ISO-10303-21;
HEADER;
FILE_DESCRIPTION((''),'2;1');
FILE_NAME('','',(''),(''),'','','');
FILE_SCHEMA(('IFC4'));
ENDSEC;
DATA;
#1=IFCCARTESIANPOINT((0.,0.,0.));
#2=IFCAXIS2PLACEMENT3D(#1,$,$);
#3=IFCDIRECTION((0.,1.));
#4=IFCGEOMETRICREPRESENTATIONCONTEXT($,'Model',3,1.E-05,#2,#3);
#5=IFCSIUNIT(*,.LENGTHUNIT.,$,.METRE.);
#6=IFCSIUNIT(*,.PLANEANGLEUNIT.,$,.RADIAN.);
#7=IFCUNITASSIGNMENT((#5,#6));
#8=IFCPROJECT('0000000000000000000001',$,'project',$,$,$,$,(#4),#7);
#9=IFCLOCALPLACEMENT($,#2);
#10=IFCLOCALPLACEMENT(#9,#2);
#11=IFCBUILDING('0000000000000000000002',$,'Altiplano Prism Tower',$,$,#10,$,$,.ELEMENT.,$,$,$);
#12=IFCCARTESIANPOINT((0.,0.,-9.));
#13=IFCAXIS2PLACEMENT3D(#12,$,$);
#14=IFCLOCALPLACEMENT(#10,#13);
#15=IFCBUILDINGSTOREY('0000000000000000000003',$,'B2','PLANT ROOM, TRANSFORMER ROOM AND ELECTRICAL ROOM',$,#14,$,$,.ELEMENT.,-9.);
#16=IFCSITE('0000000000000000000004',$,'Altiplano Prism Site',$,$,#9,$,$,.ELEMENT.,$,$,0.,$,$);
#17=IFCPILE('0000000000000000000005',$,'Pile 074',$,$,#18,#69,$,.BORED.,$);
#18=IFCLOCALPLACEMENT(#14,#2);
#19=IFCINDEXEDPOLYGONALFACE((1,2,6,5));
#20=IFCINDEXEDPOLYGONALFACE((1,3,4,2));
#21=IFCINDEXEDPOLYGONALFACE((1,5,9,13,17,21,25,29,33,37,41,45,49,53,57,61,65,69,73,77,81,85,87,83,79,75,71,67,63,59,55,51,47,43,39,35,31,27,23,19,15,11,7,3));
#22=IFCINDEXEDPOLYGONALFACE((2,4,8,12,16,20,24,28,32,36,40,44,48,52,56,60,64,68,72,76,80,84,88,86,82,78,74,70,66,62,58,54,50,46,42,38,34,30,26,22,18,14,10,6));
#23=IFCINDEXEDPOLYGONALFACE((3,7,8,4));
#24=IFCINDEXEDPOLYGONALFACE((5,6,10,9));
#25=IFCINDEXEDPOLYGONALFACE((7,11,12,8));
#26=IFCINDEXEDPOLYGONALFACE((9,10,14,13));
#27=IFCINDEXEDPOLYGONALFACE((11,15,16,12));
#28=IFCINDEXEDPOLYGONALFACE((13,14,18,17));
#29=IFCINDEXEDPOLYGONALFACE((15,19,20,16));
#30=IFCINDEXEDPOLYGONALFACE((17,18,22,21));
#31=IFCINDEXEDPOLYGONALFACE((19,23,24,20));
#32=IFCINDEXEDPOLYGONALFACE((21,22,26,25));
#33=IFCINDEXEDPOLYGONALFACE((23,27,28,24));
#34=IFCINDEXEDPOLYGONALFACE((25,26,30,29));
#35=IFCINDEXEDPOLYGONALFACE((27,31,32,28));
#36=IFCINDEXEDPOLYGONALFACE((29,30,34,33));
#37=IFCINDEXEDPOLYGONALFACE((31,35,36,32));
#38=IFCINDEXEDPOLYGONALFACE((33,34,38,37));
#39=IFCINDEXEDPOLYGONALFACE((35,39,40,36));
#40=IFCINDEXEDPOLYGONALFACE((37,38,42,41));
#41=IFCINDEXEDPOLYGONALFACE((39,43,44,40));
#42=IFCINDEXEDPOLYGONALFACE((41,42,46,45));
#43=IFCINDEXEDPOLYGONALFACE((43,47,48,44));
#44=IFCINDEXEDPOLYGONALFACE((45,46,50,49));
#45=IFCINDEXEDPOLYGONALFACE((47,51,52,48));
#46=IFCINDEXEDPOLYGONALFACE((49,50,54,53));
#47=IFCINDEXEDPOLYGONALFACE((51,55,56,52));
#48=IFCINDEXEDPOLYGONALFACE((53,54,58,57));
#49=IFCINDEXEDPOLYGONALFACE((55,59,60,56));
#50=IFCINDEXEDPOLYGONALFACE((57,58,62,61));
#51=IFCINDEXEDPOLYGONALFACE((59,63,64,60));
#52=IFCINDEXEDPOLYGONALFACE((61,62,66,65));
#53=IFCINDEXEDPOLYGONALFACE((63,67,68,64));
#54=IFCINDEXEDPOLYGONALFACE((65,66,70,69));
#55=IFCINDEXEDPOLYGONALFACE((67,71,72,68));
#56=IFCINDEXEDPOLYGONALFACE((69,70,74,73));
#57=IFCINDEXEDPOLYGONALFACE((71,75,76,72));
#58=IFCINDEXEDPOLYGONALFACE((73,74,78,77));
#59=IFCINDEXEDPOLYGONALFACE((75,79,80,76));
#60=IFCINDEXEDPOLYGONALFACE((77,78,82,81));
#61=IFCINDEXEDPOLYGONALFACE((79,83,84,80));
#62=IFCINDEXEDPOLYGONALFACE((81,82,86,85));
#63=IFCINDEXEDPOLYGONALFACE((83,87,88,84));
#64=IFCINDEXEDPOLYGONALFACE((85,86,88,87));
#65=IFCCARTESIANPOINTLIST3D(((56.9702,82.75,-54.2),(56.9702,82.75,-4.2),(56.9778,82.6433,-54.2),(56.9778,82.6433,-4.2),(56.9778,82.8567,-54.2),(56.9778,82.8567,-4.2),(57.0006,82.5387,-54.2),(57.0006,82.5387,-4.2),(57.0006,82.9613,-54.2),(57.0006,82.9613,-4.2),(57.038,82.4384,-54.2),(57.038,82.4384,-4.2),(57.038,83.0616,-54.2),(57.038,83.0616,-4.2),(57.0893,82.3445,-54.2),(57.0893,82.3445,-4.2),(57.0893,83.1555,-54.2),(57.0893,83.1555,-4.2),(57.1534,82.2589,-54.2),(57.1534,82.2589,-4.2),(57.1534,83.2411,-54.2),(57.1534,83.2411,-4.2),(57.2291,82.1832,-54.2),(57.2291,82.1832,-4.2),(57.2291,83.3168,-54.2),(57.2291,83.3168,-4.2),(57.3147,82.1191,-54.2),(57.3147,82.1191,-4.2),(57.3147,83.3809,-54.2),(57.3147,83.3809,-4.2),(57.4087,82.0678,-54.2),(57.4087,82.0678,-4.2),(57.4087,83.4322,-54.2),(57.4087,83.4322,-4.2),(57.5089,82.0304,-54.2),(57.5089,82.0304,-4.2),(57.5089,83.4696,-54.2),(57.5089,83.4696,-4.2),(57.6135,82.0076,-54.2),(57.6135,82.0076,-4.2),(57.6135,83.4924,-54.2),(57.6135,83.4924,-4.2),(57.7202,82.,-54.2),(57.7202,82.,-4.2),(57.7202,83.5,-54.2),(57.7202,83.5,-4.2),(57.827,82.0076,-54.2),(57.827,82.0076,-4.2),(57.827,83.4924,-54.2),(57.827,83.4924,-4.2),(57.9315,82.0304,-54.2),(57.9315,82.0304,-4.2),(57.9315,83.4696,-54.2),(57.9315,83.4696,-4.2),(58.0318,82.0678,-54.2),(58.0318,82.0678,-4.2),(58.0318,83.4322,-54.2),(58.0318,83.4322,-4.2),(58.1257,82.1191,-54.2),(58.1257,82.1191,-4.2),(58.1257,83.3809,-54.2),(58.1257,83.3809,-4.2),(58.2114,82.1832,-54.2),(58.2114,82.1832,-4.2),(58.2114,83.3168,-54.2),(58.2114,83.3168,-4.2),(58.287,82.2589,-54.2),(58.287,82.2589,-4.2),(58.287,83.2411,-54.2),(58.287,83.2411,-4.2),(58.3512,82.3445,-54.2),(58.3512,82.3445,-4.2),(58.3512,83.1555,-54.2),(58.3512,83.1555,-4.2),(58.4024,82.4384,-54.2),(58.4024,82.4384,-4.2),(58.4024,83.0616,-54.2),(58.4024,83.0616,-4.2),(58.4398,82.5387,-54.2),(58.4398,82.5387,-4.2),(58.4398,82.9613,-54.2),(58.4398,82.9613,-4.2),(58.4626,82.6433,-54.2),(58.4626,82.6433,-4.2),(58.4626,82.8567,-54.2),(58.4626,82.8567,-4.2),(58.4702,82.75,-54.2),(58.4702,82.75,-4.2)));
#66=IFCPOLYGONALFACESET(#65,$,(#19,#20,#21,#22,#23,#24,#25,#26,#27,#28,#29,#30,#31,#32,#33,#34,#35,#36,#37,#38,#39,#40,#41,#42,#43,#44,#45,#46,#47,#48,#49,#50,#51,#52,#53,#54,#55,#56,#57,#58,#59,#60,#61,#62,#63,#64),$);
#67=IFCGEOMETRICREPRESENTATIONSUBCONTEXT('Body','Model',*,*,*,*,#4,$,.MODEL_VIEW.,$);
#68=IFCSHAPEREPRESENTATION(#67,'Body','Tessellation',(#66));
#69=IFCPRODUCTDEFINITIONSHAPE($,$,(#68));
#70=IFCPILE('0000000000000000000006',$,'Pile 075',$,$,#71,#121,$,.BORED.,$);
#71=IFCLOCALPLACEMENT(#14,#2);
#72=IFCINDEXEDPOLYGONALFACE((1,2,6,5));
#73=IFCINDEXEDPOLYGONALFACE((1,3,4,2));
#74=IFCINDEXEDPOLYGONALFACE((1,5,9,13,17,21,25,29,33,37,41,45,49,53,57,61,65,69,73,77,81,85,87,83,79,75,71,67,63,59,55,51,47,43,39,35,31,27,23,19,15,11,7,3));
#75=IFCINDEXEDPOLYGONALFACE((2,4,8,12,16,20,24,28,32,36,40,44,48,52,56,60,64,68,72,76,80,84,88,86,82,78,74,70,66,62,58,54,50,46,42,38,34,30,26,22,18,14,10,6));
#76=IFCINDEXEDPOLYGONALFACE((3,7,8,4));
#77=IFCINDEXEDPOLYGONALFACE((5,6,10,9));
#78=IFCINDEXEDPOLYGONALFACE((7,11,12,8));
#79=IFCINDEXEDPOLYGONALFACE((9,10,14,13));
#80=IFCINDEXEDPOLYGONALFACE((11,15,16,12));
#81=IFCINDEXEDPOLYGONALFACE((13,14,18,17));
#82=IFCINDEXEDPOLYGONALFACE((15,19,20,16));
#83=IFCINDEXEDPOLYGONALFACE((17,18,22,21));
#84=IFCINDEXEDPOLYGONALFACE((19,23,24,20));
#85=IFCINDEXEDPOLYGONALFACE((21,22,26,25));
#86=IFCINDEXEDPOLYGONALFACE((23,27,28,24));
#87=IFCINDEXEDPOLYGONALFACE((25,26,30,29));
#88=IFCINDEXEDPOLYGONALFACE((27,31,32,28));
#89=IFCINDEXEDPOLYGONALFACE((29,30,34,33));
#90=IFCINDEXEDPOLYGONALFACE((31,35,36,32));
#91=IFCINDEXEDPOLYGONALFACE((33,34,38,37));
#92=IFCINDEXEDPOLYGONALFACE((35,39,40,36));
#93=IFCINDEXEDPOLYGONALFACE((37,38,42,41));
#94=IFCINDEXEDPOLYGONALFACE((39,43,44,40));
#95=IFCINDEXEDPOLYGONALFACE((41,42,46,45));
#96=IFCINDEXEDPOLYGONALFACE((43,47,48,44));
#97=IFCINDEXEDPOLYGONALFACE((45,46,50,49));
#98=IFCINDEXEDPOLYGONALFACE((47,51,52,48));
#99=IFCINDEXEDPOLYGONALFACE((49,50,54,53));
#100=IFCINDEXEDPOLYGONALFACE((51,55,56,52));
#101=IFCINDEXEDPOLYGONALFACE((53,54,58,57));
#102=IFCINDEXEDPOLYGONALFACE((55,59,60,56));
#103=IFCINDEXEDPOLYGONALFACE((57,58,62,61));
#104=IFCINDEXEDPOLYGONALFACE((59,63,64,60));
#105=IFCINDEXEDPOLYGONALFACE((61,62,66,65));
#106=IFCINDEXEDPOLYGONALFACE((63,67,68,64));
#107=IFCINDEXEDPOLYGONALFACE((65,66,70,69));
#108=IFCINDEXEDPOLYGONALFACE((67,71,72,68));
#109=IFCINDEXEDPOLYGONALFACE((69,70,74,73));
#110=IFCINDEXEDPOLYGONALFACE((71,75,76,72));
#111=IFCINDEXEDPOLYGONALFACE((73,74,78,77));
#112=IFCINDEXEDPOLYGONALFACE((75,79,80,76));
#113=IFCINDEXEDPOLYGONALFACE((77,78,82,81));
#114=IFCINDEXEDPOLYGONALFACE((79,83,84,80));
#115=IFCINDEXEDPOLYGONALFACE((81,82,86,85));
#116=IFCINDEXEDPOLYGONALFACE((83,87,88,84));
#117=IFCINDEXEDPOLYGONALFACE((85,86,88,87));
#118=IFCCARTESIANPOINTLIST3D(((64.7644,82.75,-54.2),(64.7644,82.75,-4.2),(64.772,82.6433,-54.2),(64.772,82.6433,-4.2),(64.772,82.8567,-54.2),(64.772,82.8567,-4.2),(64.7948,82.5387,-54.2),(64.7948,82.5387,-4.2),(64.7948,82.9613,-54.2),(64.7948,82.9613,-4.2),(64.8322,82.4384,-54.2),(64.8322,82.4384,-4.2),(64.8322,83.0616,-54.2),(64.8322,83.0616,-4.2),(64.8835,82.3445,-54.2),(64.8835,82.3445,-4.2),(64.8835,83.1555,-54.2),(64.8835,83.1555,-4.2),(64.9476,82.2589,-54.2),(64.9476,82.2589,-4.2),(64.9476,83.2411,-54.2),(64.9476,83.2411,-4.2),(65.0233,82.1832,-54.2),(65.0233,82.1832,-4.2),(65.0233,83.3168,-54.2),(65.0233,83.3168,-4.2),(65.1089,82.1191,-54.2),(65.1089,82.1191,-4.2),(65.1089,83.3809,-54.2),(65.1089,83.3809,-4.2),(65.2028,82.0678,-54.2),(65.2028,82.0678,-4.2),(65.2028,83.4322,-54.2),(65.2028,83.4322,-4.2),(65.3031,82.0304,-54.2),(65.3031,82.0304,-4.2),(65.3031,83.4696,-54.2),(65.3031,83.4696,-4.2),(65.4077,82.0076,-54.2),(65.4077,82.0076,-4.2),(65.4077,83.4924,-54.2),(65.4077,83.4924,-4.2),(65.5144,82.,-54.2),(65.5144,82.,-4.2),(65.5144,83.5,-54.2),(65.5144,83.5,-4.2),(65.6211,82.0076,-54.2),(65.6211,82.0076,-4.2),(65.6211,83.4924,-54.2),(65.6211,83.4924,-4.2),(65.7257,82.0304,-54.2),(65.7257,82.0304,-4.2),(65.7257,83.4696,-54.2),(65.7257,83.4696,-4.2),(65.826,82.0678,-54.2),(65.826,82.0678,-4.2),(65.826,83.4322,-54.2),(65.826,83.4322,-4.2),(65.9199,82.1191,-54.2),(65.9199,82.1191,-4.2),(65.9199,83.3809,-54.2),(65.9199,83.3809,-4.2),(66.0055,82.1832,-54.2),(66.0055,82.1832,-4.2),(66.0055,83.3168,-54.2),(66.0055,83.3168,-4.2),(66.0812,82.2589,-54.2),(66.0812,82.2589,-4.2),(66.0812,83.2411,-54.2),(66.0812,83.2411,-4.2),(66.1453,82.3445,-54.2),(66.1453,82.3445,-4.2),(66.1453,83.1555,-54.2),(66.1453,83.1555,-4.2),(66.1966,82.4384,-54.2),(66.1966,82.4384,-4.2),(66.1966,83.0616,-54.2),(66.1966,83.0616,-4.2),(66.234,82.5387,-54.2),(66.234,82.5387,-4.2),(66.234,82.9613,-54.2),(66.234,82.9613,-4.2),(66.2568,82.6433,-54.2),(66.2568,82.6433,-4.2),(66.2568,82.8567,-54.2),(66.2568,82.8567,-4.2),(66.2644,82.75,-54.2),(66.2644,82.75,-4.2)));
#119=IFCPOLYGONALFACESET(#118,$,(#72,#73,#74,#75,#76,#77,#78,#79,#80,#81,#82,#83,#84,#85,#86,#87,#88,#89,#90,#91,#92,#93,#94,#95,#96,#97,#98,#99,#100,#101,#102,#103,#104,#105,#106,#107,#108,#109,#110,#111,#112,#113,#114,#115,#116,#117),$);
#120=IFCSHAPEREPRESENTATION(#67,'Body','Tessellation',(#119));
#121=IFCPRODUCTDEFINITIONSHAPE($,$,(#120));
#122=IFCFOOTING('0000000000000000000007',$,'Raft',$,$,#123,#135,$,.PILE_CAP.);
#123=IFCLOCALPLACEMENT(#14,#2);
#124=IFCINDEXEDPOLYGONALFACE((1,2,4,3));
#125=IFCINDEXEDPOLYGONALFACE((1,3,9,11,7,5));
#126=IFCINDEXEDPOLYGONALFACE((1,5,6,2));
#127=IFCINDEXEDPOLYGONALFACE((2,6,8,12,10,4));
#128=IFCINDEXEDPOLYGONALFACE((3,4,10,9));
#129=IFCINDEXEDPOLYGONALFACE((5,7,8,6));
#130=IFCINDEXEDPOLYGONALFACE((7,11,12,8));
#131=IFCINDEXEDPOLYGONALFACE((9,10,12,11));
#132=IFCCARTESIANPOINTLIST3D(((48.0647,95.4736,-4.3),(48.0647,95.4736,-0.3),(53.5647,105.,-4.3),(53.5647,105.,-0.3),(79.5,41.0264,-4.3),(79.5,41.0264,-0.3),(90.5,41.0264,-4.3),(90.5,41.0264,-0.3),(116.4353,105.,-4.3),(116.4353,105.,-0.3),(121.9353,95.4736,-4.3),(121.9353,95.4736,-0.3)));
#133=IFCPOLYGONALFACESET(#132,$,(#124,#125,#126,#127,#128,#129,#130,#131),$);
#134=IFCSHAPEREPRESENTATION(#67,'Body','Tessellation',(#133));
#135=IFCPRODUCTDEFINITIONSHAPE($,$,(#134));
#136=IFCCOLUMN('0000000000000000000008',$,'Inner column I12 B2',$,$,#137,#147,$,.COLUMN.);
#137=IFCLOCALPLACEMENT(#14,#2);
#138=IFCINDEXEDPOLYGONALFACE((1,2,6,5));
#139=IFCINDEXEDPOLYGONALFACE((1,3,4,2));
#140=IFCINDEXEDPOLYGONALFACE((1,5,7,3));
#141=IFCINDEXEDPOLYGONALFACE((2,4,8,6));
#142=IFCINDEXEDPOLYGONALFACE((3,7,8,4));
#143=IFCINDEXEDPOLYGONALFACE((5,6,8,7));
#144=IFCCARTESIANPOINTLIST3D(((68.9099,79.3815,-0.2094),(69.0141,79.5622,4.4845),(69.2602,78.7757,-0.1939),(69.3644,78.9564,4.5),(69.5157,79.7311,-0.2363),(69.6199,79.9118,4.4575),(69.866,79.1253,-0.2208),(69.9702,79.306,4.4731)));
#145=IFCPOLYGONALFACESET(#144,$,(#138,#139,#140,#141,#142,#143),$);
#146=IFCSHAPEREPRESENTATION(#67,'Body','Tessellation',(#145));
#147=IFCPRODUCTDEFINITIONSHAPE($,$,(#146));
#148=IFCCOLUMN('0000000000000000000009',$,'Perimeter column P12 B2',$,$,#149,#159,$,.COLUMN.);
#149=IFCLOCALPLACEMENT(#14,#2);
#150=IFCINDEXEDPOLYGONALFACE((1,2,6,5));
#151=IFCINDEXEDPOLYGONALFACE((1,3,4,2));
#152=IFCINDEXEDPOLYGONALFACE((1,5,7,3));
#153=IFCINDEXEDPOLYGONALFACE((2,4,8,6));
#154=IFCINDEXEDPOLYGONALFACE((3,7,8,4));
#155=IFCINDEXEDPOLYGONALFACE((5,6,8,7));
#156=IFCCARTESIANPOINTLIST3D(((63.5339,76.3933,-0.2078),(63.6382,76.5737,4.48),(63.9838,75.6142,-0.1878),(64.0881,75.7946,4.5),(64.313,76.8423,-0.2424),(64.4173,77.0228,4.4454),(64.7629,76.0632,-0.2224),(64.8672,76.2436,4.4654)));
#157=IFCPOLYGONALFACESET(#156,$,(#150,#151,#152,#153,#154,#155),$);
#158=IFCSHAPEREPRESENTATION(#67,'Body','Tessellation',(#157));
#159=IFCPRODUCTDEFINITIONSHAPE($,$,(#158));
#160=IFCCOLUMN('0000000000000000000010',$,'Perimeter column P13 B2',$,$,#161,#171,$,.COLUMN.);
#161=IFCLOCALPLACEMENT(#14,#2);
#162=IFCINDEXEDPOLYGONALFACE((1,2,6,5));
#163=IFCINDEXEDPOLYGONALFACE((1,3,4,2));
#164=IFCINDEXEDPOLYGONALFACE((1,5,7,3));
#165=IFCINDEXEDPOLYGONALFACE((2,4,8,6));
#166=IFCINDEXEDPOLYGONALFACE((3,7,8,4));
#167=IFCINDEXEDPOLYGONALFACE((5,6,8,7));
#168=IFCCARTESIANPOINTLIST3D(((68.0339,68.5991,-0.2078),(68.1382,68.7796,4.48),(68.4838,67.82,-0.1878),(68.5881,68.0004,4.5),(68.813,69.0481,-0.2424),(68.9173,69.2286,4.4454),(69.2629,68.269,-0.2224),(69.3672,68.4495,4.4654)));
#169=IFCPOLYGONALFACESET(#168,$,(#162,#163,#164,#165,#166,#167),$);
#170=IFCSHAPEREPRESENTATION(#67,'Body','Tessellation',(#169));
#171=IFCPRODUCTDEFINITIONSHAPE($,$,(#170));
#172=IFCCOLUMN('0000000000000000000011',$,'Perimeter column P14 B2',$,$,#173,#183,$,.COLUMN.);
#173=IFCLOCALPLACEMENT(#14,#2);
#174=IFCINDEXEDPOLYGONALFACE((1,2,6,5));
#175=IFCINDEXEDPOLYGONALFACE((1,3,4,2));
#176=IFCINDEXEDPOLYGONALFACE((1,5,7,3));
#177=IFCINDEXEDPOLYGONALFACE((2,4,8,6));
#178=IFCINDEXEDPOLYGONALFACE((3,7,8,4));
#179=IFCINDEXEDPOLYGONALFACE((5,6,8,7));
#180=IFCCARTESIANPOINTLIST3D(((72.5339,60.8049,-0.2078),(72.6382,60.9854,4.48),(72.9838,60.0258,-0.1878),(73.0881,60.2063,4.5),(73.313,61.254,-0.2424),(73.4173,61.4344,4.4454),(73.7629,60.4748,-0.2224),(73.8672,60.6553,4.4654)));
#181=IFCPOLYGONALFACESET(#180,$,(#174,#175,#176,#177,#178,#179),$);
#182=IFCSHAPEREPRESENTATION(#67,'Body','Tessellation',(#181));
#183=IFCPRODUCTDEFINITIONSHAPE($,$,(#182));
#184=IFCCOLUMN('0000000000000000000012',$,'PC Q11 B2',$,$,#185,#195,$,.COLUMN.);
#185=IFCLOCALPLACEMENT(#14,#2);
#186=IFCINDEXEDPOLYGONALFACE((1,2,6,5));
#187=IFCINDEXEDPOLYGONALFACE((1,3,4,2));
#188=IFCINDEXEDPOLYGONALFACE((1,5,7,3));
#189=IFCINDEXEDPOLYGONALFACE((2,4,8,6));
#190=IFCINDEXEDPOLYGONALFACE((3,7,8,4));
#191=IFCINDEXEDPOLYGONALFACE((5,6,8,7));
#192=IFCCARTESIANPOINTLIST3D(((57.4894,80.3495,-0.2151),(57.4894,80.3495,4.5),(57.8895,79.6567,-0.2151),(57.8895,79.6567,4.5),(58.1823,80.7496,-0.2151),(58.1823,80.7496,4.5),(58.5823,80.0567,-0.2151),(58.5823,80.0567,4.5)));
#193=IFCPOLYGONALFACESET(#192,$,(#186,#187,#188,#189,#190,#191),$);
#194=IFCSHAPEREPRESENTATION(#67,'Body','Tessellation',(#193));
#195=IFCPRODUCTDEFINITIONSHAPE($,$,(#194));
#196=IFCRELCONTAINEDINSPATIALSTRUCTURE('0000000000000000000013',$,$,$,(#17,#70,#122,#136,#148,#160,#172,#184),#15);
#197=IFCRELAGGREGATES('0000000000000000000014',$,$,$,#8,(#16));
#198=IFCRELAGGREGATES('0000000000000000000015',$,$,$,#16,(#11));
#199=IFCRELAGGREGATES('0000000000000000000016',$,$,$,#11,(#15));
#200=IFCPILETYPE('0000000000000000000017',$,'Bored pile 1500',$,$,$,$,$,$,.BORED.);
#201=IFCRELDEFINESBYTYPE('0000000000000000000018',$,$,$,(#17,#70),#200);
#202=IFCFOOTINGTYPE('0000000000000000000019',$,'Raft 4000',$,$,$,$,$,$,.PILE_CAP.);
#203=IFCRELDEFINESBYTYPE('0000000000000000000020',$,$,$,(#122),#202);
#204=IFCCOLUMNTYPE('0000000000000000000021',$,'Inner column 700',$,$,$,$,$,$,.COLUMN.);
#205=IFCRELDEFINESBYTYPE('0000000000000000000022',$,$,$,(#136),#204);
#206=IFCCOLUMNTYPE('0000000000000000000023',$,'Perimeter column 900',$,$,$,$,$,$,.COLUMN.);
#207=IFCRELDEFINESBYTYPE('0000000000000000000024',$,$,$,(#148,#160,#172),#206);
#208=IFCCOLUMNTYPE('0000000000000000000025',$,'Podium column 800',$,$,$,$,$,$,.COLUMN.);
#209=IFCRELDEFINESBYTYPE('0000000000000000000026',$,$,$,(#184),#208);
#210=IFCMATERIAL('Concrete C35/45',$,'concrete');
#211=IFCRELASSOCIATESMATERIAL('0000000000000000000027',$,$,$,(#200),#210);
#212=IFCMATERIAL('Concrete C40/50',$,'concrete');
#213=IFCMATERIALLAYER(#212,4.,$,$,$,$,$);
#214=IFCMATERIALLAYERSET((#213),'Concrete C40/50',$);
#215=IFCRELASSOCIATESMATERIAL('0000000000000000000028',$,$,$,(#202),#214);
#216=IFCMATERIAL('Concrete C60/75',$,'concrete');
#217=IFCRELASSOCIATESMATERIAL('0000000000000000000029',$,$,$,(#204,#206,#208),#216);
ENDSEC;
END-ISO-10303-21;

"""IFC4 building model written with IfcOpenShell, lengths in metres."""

from ifc_helpers import new_model, si_unit, direction, frame, origin, origin_2d, place, context, subcontext, project, spatial, polyline, rectangle, circle, outline, extrude, material, layer, layer_set, material_profile, profile_set, type_object, element, save


model = new_model("IFC4")

# Units and contexts
model_context = context("Model", 3, precision=1e-05, world=origin(), true_north=direction((0.0, 1.0)))
body_context = subcontext(model_context, "Body", "Model", "MODEL_VIEW")
ifc_project = project(units=[si_unit("LENGTHUNIT", "METRE"), si_unit("PLANEANGLEUNIT", "RADIAN")], contexts=[model_context])

# Site, building, storey
site_placement = place(None, origin())
site = spatial("IfcSite", under=ifc_project, at=site_placement, Name="Altiplano Prism Site", CompositionType="ELEMENT", RefElevation=0.0)
building_placement = place(site_placement, origin())
building = spatial("IfcBuilding", under=site, at=building_placement, Name="Altiplano Prism Tower", CompositionType="ELEMENT")
storey_placement = place(building_placement, frame((0.0, 0.0, -9.0)))
storey = spatial("IfcBuildingStorey", under=building, at=storey_placement, Name="B2", Description="PLANT ROOM, TRANSFORMER ROOM AND ELECTRICAL ROOM", CompositionType="ELEMENT", Elevation=-9.0)

# Piles
ifc_material_1 = material(Name="Concrete C35/45", Category="concrete")
ifc_material_profile_1 = material_profile(ifc_material_1, circle(Radius=0.75, at=origin_2d()), Name="Bored pile 1500")
ifc_profile_set_1 = profile_set([ifc_material_profile_1], Name="Concrete C35/45")
pile_type = type_object("IfcPileType", Name="Bored pile 1500", PredefinedType="BORED", material=ifc_profile_set_1)
for number, where, z_axis, x_axis, name in (
    (1, (57.7202, 82.75, -4.2), (0.0, 0.0, -1.0), (1.0, 0.0, 0.0), "Pile 074"),
    (2, (65.5144, 82.75, -4.2), (0.0, 0.0, -1.0), (1.0, 0.0, 0.0), "Pile 075"),
):
    element("IfcPile", number, at=place(storey_placement, frame(where, z_axis=z_axis, x_axis=x_axis)), inside=storey, type_object=pile_type, Name=name, PredefinedType="BORED", context=body_context, shape_type="SweptSolid", body=[
        extrude(circle(Radius=0.75, at=origin_2d()), origin(), (0.0, 0.0, 1.0), 50.0),
    ])

# Footing
ifc_material_2 = material(Name="Concrete C40/50", Category="concrete")
ifc_layer_1 = layer(ifc_material_2, 4.0)
ifc_layer_set_1 = layer_set([ifc_layer_1], Name="Concrete C40/50")
footing_type = type_object("IfcFootingType", Name="Raft 4000", PredefinedType="PILE_CAP", material=ifc_layer_set_1)
footing_placement = place(storey_placement, frame((0.0, 0.0, -4.3)))
element("IfcFooting", 3, at=footing_placement, inside=storey, type_object=footing_type, Name="Raft", PredefinedType="PILE_CAP", context=body_context, shape_type="SweptSolid", body=[
    extrude(outline(polyline([(116.4353, 105.0), (53.5647, 105.0), (48.0647, 95.4736), (79.5, 41.0264), (90.5, 41.0264), (121.9353, 95.4736), (116.4353, 105.0)])), origin(), (0.0, 0.0, 1.0), 4.0),
])

# Columns
ifc_material_3 = material(Name="Concrete C60/75", Category="concrete")
ifc_material_profile_2 = material_profile(ifc_material_3, rectangle(XDim=0.7, YDim=0.7, at=origin_2d()), Name="Inner column 700")
ifc_profile_set_2 = profile_set([ifc_material_profile_2], Name="Concrete C60/75")
column_type_1 = type_object("IfcColumnType", Name="Inner column 700", PredefinedType="COLUMN", material=ifc_profile_set_2)
column_placement = place(storey_placement, frame((69.3879, 79.2534, -0.2151), z_axis=(0.022188, 0.038452, 0.999014), x_axis=(-0.865479, -0.499468, 0.038446)))
element("IfcColumn", 4, at=column_placement, inside=storey, type_object=column_type_1, Name="Inner column I12 B2", PredefinedType="COLUMN", context=body_context, shape_type="SweptSolid", body=[
    extrude(rectangle(XDim=0.7, YDim=0.7, at=origin_2d()), origin(), (0.0, 0.0, 1.0), 4.6985),
])
ifc_material_profile_3 = material_profile(ifc_material_3, rectangle(XDim=0.8999, YDim=0.8999, at=origin_2d()), Name="Perimeter column 900")
ifc_profile_set_3 = profile_set([ifc_material_profile_3], Name="Concrete C60/75")
column_type_2 = type_object("IfcColumnType", Name="Perimeter column 900", PredefinedType="COLUMN", material=ifc_profile_set_3)
for number, where, z_axis, x_axis, name in (
    (5, (64.1484, 76.2283, -0.2151), (0.022216, 0.03845, 0.999014), (-0.865771, -0.498961, 0.038457), "Perimeter column P12 B2"),
    (6, (68.6484, 68.4341, -0.2151), (0.022216, 0.03845, 0.999014), (-0.865772, -0.498958, 0.038457), "Perimeter column P13 B2"),
    (7, (73.1484, 60.6399, -0.2151), (0.022216, 0.03845, 0.999014), (-0.865771, -0.498961, 0.038457), "Perimeter column P14 B2"),
):
    element("IfcColumn", number, at=place(storey_placement, frame(where, z_axis=z_axis, x_axis=x_axis)), inside=storey, type_object=column_type_2, Name=name, PredefinedType="COLUMN", context=body_context, shape_type="SweptSolid", body=[
        extrude(rectangle(XDim=0.8999, YDim=0.8999, at=origin_2d()), origin(), (0.0, 0.0, 1.0), 4.6924),
    ])
ifc_material_profile_4 = material_profile(ifc_material_3, rectangle(XDim=0.8, YDim=0.8, at=origin_2d()), Name="Podium column 800")
ifc_profile_set_4 = profile_set([ifc_material_profile_4], Name="Concrete C60/75")
column_type_3 = type_object("IfcColumnType", Name="Podium column 800", PredefinedType="COLUMN", material=ifc_profile_set_4)
for number, where, z_axis, x_axis, name in (
    (8, (58.0359, 80.2031, -0.2151), (0.0, 0.0, 1.0), (0.866025, 0.5, 0.0), "PC Q11 B2"),
):
    element("IfcColumn", number, at=place(storey_placement, frame(where, z_axis=z_axis, x_axis=x_axis)), inside=storey, type_object=column_type_3, Name=name, PredefinedType="COLUMN", context=body_context, shape_type="SweptSolid", body=[
        extrude(rectangle(XDim=0.8, YDim=0.8, at=origin_2d()), origin(), (0.0, 0.0, 1.0), 4.7151),
    ])

save(model, "model.ifc")
